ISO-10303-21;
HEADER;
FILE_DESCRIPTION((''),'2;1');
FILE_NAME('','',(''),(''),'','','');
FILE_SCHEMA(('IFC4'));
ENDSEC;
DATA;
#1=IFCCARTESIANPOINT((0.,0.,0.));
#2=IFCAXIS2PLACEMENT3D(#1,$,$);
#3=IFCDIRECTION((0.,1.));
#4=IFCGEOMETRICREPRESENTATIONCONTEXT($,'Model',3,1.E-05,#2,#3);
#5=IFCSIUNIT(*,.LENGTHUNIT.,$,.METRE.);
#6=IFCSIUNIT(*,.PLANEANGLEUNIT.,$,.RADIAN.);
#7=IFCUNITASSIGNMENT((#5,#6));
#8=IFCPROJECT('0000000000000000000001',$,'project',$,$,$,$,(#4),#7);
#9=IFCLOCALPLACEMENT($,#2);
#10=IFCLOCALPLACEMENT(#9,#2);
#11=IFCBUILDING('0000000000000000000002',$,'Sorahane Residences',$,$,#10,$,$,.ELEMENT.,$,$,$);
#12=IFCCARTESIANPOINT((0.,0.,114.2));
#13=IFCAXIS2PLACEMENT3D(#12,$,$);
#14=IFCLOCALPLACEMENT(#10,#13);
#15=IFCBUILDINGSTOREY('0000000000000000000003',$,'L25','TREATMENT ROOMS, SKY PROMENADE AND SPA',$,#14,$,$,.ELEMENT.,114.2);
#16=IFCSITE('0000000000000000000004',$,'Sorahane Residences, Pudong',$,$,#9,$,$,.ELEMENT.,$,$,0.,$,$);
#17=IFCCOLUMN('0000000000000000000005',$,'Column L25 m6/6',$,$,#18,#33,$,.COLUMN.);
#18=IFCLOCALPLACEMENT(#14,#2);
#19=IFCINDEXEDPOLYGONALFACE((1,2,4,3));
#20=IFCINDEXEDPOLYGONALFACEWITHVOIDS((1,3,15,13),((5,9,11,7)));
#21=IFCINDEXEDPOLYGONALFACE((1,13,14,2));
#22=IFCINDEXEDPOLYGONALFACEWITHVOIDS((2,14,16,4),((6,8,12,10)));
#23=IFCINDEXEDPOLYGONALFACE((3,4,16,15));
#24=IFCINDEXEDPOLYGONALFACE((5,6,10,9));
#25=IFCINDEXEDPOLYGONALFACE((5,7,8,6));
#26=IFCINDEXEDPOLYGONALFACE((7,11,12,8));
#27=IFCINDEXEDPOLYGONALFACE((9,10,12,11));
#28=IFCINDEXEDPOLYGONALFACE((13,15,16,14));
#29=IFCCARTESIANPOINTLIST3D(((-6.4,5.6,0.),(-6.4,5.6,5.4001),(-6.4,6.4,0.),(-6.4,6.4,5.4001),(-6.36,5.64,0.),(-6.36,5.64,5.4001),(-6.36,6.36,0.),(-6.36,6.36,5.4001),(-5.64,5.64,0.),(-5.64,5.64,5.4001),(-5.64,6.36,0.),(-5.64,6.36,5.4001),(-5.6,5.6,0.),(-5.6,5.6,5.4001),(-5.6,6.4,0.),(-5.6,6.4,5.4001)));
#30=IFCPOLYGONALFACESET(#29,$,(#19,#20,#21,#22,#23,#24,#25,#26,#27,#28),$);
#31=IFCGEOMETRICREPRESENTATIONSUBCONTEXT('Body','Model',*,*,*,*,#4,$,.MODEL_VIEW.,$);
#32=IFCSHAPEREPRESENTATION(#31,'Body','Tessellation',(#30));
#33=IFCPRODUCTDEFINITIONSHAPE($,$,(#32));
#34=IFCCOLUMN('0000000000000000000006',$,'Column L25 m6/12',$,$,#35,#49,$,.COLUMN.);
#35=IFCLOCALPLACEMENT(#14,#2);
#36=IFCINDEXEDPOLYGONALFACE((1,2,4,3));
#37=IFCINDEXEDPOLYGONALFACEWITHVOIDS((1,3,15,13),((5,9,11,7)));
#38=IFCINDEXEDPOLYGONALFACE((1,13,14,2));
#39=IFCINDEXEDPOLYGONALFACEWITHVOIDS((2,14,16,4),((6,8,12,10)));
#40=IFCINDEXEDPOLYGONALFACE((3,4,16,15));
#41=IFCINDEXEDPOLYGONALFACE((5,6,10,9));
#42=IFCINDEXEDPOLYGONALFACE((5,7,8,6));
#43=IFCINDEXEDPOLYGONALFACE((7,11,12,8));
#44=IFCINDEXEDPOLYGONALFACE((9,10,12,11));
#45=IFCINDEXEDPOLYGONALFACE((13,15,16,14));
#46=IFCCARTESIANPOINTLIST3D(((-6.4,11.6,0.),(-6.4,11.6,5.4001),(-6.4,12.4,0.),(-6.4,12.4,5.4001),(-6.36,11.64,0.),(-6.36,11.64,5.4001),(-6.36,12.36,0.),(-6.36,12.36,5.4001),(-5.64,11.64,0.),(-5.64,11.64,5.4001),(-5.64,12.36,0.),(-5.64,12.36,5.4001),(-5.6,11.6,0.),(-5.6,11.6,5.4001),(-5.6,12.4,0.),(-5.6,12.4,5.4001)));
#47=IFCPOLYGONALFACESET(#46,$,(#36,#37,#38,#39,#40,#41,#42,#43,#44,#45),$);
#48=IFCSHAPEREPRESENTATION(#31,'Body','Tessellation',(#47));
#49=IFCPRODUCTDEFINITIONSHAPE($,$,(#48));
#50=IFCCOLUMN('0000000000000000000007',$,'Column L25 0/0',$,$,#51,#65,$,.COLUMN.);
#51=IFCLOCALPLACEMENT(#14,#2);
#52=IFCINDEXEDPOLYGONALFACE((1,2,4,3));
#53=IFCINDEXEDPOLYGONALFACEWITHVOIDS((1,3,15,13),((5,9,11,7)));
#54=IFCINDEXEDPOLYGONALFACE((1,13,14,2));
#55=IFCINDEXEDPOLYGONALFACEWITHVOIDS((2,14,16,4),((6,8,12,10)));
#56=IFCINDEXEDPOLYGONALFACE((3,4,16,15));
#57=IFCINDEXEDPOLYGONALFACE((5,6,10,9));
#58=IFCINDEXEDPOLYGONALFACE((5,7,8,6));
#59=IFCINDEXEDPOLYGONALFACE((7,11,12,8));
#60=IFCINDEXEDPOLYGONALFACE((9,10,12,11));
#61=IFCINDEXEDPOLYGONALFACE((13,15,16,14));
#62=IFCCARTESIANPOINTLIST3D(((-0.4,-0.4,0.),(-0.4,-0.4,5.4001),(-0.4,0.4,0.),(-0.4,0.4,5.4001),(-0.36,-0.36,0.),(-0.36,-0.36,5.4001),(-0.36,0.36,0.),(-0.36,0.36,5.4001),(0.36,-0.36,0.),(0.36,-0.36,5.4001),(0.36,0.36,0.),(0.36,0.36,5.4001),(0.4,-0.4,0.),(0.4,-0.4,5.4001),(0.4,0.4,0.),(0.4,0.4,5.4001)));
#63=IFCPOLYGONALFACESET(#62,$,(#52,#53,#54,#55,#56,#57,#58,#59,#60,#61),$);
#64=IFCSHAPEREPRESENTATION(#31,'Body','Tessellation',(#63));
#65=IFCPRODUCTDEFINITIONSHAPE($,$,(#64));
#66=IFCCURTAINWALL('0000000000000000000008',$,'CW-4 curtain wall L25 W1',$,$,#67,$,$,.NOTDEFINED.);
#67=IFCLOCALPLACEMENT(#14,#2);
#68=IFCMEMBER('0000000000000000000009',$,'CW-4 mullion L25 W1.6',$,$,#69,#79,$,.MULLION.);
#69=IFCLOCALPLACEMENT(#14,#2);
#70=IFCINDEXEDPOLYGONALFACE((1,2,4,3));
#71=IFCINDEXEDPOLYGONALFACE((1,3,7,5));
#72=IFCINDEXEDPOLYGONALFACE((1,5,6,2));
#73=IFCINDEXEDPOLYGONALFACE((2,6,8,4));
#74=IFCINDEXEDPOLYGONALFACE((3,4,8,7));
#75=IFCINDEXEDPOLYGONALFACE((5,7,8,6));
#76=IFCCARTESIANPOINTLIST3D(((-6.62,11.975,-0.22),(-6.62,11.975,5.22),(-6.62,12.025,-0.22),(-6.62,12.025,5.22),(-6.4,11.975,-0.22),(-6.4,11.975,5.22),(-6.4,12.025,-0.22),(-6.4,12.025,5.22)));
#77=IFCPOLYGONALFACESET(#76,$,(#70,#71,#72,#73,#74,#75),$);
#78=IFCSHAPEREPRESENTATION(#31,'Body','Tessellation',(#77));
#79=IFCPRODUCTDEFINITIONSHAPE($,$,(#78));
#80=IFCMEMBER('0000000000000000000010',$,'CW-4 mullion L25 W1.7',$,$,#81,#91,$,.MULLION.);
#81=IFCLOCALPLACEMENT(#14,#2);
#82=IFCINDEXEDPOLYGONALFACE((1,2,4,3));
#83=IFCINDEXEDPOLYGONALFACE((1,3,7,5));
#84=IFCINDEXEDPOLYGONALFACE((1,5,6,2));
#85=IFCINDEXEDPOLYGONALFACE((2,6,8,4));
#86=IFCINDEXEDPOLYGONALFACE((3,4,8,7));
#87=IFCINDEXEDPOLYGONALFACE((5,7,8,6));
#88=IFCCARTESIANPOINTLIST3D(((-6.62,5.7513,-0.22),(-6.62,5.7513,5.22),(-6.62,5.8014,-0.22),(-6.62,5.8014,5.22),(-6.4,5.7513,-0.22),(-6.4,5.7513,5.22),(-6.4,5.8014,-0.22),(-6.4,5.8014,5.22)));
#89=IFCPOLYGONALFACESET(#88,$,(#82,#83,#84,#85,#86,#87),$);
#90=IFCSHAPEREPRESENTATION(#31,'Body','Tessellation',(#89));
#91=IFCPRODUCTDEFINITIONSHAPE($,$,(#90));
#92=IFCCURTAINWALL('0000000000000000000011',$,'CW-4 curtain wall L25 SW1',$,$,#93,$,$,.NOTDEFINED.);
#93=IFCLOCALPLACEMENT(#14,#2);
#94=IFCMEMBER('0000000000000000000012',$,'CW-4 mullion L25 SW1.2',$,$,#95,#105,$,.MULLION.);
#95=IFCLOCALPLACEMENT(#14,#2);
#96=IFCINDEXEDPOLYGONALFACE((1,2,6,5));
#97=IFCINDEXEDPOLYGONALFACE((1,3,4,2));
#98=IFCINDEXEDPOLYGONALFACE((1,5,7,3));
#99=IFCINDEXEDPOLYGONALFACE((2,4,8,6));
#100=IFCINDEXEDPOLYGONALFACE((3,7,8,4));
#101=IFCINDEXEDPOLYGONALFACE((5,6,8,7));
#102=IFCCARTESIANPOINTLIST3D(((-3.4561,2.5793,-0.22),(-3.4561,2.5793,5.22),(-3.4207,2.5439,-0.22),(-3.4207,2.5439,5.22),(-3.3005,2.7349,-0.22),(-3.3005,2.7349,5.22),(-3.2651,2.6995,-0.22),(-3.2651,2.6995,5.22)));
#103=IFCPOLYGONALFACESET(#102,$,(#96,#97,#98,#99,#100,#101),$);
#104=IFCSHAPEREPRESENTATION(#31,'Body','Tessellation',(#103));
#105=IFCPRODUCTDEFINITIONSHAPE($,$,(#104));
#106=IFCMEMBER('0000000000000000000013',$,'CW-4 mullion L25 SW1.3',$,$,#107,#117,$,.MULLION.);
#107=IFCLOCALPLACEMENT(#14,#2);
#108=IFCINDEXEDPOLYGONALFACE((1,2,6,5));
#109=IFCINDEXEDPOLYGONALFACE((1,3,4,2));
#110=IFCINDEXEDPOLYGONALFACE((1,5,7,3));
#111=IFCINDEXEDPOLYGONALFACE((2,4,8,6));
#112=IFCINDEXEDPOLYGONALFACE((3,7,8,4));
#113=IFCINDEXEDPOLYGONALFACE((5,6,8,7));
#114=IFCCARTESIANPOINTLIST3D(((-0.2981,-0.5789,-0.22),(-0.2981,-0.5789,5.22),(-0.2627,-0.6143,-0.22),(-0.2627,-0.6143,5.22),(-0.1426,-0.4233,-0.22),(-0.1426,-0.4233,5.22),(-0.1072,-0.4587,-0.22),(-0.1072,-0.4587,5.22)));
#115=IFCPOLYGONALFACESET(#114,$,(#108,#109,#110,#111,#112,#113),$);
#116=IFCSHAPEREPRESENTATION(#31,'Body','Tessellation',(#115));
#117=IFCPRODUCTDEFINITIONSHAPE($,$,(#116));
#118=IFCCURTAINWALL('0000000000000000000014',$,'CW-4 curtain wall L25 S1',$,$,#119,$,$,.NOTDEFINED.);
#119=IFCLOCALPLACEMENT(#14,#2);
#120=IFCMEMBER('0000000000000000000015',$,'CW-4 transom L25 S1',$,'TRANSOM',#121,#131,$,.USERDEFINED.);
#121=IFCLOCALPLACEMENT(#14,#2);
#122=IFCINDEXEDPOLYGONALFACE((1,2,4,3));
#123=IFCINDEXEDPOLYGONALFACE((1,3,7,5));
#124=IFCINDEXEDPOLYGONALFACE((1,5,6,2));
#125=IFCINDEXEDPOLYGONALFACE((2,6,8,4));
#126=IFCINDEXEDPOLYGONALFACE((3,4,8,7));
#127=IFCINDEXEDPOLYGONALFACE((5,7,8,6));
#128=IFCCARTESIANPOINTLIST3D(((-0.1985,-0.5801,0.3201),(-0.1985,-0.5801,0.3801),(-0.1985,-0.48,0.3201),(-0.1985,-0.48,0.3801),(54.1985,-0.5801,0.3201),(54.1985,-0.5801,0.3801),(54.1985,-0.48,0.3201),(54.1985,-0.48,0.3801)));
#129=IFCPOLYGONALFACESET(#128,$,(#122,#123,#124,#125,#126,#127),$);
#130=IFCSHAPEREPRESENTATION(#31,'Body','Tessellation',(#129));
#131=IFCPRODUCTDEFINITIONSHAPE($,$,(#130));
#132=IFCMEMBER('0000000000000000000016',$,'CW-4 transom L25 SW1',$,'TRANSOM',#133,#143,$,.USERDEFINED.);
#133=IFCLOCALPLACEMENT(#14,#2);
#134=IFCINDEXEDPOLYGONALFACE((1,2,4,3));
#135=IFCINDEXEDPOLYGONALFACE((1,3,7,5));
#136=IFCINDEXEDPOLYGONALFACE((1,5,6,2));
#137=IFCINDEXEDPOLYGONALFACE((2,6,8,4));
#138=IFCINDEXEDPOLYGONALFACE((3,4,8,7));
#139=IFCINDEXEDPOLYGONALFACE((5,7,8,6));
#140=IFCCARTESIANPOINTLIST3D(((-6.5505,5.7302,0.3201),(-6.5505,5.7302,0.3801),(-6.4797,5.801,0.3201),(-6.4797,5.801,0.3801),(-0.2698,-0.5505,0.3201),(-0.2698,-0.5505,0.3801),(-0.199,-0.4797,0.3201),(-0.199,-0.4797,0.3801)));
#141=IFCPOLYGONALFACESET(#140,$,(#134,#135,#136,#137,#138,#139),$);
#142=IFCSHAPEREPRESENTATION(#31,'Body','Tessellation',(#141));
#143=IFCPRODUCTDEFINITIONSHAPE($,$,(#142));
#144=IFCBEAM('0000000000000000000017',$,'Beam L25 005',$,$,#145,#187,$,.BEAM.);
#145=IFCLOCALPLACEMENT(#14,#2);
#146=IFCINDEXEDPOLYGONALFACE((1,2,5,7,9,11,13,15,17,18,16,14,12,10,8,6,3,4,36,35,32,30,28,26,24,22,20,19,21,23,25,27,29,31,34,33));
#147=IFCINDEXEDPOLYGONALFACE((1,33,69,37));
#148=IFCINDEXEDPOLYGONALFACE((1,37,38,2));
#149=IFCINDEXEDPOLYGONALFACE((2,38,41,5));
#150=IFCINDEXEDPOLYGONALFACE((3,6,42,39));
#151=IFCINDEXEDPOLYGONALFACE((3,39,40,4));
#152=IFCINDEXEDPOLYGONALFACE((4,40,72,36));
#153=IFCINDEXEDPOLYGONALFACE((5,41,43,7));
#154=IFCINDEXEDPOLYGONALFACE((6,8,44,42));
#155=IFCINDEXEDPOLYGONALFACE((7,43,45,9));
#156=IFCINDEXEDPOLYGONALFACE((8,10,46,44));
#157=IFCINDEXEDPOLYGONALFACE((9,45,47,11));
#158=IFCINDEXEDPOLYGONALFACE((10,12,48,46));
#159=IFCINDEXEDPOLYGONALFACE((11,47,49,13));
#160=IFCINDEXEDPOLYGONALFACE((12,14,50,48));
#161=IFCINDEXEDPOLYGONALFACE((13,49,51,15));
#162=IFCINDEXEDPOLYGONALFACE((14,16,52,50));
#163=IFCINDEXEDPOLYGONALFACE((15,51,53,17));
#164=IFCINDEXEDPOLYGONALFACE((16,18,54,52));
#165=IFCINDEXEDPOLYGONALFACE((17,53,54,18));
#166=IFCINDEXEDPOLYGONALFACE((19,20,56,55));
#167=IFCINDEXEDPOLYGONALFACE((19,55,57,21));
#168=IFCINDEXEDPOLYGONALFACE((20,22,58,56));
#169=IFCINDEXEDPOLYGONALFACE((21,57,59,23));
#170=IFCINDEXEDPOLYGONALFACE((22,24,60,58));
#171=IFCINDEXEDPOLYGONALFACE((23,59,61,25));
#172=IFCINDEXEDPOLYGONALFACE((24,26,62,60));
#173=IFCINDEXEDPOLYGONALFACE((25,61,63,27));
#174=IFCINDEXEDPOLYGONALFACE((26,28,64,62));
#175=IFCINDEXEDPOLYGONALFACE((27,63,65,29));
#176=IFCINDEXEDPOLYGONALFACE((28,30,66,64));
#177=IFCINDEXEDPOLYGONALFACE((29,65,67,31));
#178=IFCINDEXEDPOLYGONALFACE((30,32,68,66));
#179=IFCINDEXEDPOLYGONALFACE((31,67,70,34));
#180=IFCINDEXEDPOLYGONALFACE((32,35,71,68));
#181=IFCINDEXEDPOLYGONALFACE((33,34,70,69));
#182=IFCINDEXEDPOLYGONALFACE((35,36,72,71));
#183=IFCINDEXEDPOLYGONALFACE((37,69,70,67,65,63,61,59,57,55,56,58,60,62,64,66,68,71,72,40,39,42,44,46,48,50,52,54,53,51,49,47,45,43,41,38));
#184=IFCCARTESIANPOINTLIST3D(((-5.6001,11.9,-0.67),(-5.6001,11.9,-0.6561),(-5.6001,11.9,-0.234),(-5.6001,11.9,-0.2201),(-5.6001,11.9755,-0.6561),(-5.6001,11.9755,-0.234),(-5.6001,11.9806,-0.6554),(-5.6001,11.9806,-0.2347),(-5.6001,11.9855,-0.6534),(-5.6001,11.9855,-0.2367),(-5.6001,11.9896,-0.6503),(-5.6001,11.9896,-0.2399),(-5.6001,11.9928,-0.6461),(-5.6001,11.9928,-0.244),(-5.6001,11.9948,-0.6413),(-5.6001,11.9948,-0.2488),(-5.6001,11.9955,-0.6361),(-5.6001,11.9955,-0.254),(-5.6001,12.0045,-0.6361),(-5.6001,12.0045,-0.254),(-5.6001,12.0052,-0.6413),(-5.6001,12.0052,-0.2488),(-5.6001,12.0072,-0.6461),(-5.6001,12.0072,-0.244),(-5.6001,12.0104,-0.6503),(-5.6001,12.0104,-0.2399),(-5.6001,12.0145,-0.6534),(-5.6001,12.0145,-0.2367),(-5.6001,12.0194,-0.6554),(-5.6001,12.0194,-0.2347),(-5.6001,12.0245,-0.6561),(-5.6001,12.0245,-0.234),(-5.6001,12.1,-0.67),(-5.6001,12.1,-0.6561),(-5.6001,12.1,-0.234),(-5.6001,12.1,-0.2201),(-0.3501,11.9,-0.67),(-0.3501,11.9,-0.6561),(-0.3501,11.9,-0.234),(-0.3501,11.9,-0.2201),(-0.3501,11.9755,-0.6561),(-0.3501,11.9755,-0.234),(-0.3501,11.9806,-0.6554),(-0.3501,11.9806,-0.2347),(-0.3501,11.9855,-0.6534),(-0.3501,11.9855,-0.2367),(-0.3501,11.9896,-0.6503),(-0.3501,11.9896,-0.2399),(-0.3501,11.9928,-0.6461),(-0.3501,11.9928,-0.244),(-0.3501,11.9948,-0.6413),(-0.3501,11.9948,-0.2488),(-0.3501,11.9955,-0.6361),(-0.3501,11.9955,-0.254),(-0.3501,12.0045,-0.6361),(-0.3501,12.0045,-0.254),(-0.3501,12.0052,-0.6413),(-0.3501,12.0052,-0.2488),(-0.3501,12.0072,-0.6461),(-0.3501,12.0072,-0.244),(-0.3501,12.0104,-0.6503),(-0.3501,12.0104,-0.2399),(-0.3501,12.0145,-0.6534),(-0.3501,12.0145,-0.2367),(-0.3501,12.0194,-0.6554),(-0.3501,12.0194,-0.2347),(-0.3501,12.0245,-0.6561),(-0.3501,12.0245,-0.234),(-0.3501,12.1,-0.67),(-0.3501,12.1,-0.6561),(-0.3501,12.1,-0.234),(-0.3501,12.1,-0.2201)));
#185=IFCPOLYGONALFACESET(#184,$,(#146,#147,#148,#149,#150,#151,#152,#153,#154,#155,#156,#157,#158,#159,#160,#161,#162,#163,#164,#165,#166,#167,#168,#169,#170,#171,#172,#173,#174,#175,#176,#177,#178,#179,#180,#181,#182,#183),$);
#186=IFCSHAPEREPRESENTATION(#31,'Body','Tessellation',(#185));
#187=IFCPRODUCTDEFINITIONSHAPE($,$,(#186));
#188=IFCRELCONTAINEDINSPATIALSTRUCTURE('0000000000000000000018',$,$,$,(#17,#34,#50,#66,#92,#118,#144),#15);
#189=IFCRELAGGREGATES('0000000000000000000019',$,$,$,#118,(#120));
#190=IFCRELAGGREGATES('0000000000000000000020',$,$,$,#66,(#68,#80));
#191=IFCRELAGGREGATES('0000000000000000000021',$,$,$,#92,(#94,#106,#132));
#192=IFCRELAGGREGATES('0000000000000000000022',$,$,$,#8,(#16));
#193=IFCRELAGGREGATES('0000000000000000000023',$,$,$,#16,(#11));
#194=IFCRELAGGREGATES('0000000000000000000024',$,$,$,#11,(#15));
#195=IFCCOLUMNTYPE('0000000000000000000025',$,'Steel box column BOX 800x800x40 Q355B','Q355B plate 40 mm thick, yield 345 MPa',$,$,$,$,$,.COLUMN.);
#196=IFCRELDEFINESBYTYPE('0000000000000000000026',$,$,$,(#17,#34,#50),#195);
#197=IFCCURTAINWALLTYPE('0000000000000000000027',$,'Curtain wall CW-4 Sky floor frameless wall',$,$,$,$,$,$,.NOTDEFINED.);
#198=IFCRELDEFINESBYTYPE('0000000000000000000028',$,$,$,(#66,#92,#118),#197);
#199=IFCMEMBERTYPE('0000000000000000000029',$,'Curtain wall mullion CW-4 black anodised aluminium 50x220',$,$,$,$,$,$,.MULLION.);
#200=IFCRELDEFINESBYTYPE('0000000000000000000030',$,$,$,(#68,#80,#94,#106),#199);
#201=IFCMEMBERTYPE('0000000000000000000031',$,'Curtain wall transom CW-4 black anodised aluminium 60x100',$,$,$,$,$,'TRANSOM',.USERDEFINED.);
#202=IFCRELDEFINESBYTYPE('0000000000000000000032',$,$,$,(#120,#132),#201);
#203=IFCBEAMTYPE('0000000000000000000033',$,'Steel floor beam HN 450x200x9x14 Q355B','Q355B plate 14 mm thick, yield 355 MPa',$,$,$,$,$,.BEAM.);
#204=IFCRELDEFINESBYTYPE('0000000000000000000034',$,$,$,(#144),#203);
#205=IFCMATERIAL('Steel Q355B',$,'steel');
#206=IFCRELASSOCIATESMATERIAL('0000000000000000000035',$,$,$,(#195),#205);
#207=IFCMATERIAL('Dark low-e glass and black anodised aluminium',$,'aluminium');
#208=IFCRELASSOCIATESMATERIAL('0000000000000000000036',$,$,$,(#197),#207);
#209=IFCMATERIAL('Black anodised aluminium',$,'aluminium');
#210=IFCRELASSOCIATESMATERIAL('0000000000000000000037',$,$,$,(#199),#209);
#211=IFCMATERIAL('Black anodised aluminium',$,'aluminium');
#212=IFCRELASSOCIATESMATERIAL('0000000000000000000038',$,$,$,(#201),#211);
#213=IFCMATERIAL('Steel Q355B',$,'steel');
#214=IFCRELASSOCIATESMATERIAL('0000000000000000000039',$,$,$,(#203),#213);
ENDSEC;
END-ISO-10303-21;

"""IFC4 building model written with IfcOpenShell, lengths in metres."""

from ifc_helpers import new_model, si_unit, direction, frame, origin, origin_2d, place, context, subcontext, project, spatial, rectangle, hollow_rectangle, i_section, extrude, material, material_profile, profile_set, type_object, element, aggregate, save


model = new_model("IFC4")

# Units and contexts
model_context = context("Model", 3, precision=1e-05, world=origin(), true_north=direction((0.0, 1.0)))
body_context = subcontext(model_context, "Body", "Model", "MODEL_VIEW")
ifc_project = project(units=[si_unit("LENGTHUNIT", "METRE"), si_unit("PLANEANGLEUNIT", "RADIAN")], contexts=[model_context])

# Site, building, storey
site_placement = place(None, origin())
site = spatial("IfcSite", under=ifc_project, at=site_placement, Name="Sorahane Residences, Pudong", CompositionType="ELEMENT", RefElevation=0.0)
building_placement = place(site_placement, origin())
building = spatial("IfcBuilding", under=site, at=building_placement, Name="Sorahane Residences", CompositionType="ELEMENT")
storey_placement = place(building_placement, frame((0.0, 0.0, 114.2)))
storey = spatial("IfcBuildingStorey", under=building, at=storey_placement, Name="L25", Description="TREATMENT ROOMS, SKY PROMENADE AND SPA", CompositionType="ELEMENT", Elevation=114.2)

# Columns
ifc_material_1 = material(Name="Steel Q355B", Category="steel")
ifc_material_profile_1 = material_profile(ifc_material_1, hollow_rectangle(XDim=0.8, YDim=0.8, WallThickness=0.04, at=origin_2d()), Name="BOX 800x800x40")
ifc_profile_set_1 = profile_set([ifc_material_profile_1], Name="Steel Q355B")
column_type = type_object("IfcColumnType", Name="Steel box column BOX 800x800x40 Q355B", Description="Q355B plate 40 mm thick, yield 345 MPa", PredefinedType="COLUMN", material=ifc_profile_set_1)
for number, where, z_axis, x_axis, name in (
    (1, (-6.0, 6.0, 0.0), (0.0, 0.0, 1.0), (1.0, 0.0, 0.0), "Column L25 m6/6"),
    (2, (-6.0, 12.0, 0.0), (0.0, 0.0, 1.0), (1.0, 0.0, 0.0), "Column L25 m6/12"),
    (3, (0.0, 0.0, 0.0), (0.0, 0.0, 1.0), (1.0, 0.0, 0.0), "Column L25 0/0"),
):
    element("IfcColumn", number, at=place(storey_placement, frame(where, z_axis=z_axis, x_axis=x_axis)), inside=storey, type_object=column_type, Name=name, PredefinedType="COLUMN", context=body_context, shape_type="SweptSolid", body=[
        extrude(hollow_rectangle(XDim=0.8, YDim=0.8, WallThickness=0.04, at=origin_2d()), origin(), (0.0, 0.0, 1.0), 5.4001),
    ])

# Curtain walls, members
ifc_material_2 = material(Name="Dark low-e glass and black anodised aluminium", Category="aluminium")
curtain_wall_type = type_object("IfcCurtainWallType", Name="Curtain wall CW-4 Sky floor frameless wall", PredefinedType="NOTDEFINED", material=ifc_material_2)
curtain_wall_1_placement = place(storey_placement, origin())
curtain_wall_1 = element("IfcCurtainWall", 4, at=curtain_wall_1_placement, inside=storey, type_object=curtain_wall_type, Name="CW-4 curtain wall L25 W1", PredefinedType="NOTDEFINED")
ifc_material_3 = material(Name="Black anodised aluminium", Category="aluminium")
ifc_material_profile_2 = material_profile(ifc_material_3, rectangle(XDim=0.22, YDim=0.05, at=origin_2d()), Name="Curtain wall mullion CW-4 black anodised aluminium 50x220")
ifc_profile_set_2 = profile_set([ifc_material_profile_2], Name="Black anodised aluminium")
member_type_1 = type_object("IfcMemberType", Name="Curtain wall mullion CW-4 black anodised aluminium 50x220", PredefinedType="MULLION", material=ifc_profile_set_2)
member_1_placement = place(storey_placement, frame((-6.51, 12.0, -0.22), z_axis=(0.0, 0.0, 1.0), x_axis=(-1.0, 0.0, 0.0)))
member_1 = element("IfcMember", 5, at=member_1_placement, type_object=member_type_1, Name="CW-4 mullion L25 W1.6", PredefinedType="MULLION", context=body_context, shape_type="SweptSolid", body=[
    extrude(rectangle(XDim=0.22, YDim=0.05, at=origin_2d()), origin(), (0.0, 0.0, 1.0), 5.4399),
])
member_2_placement = place(storey_placement, frame((-6.51, 5.7764, -0.22), z_axis=(0.0, 0.0, 1.0), x_axis=(-1.0, 0.0, 0.0)))
member_2 = element("IfcMember", 6, at=member_2_placement, type_object=member_type_1, Name="CW-4 mullion L25 W1.7", PredefinedType="MULLION", context=body_context, shape_type="SweptSolid", body=[
    extrude(rectangle(XDim=0.22, YDim=0.05, at=origin_2d()), origin(), (0.0, 0.0, 1.0), 5.4399),
])
curtain_wall_2_placement = place(storey_placement, origin())
curtain_wall_2 = element("IfcCurtainWall", 7, at=curtain_wall_2_placement, inside=storey, type_object=curtain_wall_type, Name="CW-4 curtain wall L25 SW1", PredefinedType="NOTDEFINED")
member_3_placement = place(storey_placement, frame((-3.3606, 2.6394, -0.22), z_axis=(0.0, 0.0, 1.0), x_axis=(-0.707107, -0.707107, 0.0)))
member_3 = element("IfcMember", 8, at=member_3_placement, type_object=member_type_1, Name="CW-4 mullion L25 SW1.2", PredefinedType="MULLION", context=body_context, shape_type="SweptSolid", body=[
    extrude(rectangle(XDim=0.22, YDim=0.05, at=origin_2d()), origin(), (0.0, 0.0, 1.0), 5.4399),
])
member_4_placement = place(storey_placement, frame((-0.2026, -0.5188, -0.22), z_axis=(0.0, 0.0, 1.0), x_axis=(-0.707107, -0.707107, 0.0)))
member_4 = element("IfcMember", 9, at=member_4_placement, type_object=member_type_1, Name="CW-4 mullion L25 SW1.3", PredefinedType="MULLION", context=body_context, shape_type="SweptSolid", body=[
    extrude(rectangle(XDim=0.22, YDim=0.05, at=origin_2d()), origin(), (0.0, 0.0, 1.0), 5.4399),
])

# Curtain wall, member
curtain_wall_3_placement = place(storey_placement, origin())
curtain_wall_3 = element("IfcCurtainWall", 10, at=curtain_wall_3_placement, inside=storey, type_object=curtain_wall_type, Name="CW-4 curtain wall L25 S1", PredefinedType="NOTDEFINED")
ifc_material_4 = material(Name="Black anodised aluminium", Category="aluminium")
ifc_material_profile_3 = material_profile(ifc_material_4, rectangle(XDim=0.1001, YDim=0.0601, at=origin_2d()), Name="Curtain wall transom CW-4 black anodised aluminium 60x100")
ifc_profile_set_3 = profile_set([ifc_material_profile_3], Name="Black anodised aluminium")
member_type_2 = type_object("IfcMemberType", Name="Curtain wall transom CW-4 black anodised aluminium 60x100", ElementType="TRANSOM", PredefinedType="USERDEFINED", material=ifc_profile_set_3)
member_5_placement = place(storey_placement, frame((-0.1985, -0.53, 0.3501), z_axis=(1.0, 0.0, 0.0), x_axis=(0.0, 1.0, 0.0)))
member_5 = element("IfcMember", 11, at=member_5_placement, type_object=member_type_2, Name="CW-4 transom L25 S1", ObjectType="TRANSOM", PredefinedType="USERDEFINED", context=body_context, shape_type="SweptSolid", body=[
    extrude(rectangle(XDim=0.1001, YDim=0.0601, at=origin_2d()), origin(), (0.0, 0.0, 1.0), 54.397),
])
aggregate(curtain_wall_3, [member_5])

# Member
member_6_placement = place(storey_placement, frame((-6.5151, 5.7656, 0.3501), z_axis=(0.707107, -0.707107, 0.0), x_axis=(0.707107, 0.707107, 0.0)))
member_6 = element("IfcMember", 12, at=member_6_placement, type_object=member_type_2, Name="CW-4 transom L25 SW1", ObjectType="TRANSOM", PredefinedType="USERDEFINED", context=body_context, shape_type="SweptSolid", body=[
    extrude(rectangle(XDim=0.1001, YDim=0.0601, at=origin_2d()), origin(), (0.0, 0.0, 1.0), 8.8823),
])

# Beam
ifc_material_5 = material(Name="Steel Q355B", Category="steel")
ifc_material_profile_4 = material_profile(ifc_material_5, i_section(OverallWidth=0.2, OverallDepth=0.45, WebThickness=0.009, FlangeThickness=0.0139, FilletRadius=0.02, at=origin_2d()), Name="HN 450x200x9x14")
ifc_profile_set_4 = profile_set([ifc_material_profile_4], Name="Steel Q355B")
beam_type = type_object("IfcBeamType", Name="Steel floor beam HN 450x200x9x14 Q355B", Description="Q355B plate 14 mm thick, yield 355 MPa", PredefinedType="BEAM", material=ifc_profile_set_4)
beam_1_placement = place(storey_placement, frame((-5.6001, 12.0, -0.4451), z_axis=(1.0, 0.0, 0.0), x_axis=(0.0, 1.0, 0.0)))
element("IfcBeam", 13, at=beam_1_placement, inside=storey, type_object=beam_type, Name="Beam L25 005", PredefinedType="BEAM", context=body_context, shape_type="SweptSolid", body=[
    extrude(i_section(OverallWidth=0.2, OverallDepth=0.45, WebThickness=0.009, FlangeThickness=0.0139, FilletRadius=0.02, at=origin_2d()), origin(), (0.0, 0.0, 1.0), 5.25),
])

aggregate(curtain_wall_1, [member_1, member_2])
aggregate(curtain_wall_2, [member_3, member_4, member_6])

save(model, "model.ifc")
